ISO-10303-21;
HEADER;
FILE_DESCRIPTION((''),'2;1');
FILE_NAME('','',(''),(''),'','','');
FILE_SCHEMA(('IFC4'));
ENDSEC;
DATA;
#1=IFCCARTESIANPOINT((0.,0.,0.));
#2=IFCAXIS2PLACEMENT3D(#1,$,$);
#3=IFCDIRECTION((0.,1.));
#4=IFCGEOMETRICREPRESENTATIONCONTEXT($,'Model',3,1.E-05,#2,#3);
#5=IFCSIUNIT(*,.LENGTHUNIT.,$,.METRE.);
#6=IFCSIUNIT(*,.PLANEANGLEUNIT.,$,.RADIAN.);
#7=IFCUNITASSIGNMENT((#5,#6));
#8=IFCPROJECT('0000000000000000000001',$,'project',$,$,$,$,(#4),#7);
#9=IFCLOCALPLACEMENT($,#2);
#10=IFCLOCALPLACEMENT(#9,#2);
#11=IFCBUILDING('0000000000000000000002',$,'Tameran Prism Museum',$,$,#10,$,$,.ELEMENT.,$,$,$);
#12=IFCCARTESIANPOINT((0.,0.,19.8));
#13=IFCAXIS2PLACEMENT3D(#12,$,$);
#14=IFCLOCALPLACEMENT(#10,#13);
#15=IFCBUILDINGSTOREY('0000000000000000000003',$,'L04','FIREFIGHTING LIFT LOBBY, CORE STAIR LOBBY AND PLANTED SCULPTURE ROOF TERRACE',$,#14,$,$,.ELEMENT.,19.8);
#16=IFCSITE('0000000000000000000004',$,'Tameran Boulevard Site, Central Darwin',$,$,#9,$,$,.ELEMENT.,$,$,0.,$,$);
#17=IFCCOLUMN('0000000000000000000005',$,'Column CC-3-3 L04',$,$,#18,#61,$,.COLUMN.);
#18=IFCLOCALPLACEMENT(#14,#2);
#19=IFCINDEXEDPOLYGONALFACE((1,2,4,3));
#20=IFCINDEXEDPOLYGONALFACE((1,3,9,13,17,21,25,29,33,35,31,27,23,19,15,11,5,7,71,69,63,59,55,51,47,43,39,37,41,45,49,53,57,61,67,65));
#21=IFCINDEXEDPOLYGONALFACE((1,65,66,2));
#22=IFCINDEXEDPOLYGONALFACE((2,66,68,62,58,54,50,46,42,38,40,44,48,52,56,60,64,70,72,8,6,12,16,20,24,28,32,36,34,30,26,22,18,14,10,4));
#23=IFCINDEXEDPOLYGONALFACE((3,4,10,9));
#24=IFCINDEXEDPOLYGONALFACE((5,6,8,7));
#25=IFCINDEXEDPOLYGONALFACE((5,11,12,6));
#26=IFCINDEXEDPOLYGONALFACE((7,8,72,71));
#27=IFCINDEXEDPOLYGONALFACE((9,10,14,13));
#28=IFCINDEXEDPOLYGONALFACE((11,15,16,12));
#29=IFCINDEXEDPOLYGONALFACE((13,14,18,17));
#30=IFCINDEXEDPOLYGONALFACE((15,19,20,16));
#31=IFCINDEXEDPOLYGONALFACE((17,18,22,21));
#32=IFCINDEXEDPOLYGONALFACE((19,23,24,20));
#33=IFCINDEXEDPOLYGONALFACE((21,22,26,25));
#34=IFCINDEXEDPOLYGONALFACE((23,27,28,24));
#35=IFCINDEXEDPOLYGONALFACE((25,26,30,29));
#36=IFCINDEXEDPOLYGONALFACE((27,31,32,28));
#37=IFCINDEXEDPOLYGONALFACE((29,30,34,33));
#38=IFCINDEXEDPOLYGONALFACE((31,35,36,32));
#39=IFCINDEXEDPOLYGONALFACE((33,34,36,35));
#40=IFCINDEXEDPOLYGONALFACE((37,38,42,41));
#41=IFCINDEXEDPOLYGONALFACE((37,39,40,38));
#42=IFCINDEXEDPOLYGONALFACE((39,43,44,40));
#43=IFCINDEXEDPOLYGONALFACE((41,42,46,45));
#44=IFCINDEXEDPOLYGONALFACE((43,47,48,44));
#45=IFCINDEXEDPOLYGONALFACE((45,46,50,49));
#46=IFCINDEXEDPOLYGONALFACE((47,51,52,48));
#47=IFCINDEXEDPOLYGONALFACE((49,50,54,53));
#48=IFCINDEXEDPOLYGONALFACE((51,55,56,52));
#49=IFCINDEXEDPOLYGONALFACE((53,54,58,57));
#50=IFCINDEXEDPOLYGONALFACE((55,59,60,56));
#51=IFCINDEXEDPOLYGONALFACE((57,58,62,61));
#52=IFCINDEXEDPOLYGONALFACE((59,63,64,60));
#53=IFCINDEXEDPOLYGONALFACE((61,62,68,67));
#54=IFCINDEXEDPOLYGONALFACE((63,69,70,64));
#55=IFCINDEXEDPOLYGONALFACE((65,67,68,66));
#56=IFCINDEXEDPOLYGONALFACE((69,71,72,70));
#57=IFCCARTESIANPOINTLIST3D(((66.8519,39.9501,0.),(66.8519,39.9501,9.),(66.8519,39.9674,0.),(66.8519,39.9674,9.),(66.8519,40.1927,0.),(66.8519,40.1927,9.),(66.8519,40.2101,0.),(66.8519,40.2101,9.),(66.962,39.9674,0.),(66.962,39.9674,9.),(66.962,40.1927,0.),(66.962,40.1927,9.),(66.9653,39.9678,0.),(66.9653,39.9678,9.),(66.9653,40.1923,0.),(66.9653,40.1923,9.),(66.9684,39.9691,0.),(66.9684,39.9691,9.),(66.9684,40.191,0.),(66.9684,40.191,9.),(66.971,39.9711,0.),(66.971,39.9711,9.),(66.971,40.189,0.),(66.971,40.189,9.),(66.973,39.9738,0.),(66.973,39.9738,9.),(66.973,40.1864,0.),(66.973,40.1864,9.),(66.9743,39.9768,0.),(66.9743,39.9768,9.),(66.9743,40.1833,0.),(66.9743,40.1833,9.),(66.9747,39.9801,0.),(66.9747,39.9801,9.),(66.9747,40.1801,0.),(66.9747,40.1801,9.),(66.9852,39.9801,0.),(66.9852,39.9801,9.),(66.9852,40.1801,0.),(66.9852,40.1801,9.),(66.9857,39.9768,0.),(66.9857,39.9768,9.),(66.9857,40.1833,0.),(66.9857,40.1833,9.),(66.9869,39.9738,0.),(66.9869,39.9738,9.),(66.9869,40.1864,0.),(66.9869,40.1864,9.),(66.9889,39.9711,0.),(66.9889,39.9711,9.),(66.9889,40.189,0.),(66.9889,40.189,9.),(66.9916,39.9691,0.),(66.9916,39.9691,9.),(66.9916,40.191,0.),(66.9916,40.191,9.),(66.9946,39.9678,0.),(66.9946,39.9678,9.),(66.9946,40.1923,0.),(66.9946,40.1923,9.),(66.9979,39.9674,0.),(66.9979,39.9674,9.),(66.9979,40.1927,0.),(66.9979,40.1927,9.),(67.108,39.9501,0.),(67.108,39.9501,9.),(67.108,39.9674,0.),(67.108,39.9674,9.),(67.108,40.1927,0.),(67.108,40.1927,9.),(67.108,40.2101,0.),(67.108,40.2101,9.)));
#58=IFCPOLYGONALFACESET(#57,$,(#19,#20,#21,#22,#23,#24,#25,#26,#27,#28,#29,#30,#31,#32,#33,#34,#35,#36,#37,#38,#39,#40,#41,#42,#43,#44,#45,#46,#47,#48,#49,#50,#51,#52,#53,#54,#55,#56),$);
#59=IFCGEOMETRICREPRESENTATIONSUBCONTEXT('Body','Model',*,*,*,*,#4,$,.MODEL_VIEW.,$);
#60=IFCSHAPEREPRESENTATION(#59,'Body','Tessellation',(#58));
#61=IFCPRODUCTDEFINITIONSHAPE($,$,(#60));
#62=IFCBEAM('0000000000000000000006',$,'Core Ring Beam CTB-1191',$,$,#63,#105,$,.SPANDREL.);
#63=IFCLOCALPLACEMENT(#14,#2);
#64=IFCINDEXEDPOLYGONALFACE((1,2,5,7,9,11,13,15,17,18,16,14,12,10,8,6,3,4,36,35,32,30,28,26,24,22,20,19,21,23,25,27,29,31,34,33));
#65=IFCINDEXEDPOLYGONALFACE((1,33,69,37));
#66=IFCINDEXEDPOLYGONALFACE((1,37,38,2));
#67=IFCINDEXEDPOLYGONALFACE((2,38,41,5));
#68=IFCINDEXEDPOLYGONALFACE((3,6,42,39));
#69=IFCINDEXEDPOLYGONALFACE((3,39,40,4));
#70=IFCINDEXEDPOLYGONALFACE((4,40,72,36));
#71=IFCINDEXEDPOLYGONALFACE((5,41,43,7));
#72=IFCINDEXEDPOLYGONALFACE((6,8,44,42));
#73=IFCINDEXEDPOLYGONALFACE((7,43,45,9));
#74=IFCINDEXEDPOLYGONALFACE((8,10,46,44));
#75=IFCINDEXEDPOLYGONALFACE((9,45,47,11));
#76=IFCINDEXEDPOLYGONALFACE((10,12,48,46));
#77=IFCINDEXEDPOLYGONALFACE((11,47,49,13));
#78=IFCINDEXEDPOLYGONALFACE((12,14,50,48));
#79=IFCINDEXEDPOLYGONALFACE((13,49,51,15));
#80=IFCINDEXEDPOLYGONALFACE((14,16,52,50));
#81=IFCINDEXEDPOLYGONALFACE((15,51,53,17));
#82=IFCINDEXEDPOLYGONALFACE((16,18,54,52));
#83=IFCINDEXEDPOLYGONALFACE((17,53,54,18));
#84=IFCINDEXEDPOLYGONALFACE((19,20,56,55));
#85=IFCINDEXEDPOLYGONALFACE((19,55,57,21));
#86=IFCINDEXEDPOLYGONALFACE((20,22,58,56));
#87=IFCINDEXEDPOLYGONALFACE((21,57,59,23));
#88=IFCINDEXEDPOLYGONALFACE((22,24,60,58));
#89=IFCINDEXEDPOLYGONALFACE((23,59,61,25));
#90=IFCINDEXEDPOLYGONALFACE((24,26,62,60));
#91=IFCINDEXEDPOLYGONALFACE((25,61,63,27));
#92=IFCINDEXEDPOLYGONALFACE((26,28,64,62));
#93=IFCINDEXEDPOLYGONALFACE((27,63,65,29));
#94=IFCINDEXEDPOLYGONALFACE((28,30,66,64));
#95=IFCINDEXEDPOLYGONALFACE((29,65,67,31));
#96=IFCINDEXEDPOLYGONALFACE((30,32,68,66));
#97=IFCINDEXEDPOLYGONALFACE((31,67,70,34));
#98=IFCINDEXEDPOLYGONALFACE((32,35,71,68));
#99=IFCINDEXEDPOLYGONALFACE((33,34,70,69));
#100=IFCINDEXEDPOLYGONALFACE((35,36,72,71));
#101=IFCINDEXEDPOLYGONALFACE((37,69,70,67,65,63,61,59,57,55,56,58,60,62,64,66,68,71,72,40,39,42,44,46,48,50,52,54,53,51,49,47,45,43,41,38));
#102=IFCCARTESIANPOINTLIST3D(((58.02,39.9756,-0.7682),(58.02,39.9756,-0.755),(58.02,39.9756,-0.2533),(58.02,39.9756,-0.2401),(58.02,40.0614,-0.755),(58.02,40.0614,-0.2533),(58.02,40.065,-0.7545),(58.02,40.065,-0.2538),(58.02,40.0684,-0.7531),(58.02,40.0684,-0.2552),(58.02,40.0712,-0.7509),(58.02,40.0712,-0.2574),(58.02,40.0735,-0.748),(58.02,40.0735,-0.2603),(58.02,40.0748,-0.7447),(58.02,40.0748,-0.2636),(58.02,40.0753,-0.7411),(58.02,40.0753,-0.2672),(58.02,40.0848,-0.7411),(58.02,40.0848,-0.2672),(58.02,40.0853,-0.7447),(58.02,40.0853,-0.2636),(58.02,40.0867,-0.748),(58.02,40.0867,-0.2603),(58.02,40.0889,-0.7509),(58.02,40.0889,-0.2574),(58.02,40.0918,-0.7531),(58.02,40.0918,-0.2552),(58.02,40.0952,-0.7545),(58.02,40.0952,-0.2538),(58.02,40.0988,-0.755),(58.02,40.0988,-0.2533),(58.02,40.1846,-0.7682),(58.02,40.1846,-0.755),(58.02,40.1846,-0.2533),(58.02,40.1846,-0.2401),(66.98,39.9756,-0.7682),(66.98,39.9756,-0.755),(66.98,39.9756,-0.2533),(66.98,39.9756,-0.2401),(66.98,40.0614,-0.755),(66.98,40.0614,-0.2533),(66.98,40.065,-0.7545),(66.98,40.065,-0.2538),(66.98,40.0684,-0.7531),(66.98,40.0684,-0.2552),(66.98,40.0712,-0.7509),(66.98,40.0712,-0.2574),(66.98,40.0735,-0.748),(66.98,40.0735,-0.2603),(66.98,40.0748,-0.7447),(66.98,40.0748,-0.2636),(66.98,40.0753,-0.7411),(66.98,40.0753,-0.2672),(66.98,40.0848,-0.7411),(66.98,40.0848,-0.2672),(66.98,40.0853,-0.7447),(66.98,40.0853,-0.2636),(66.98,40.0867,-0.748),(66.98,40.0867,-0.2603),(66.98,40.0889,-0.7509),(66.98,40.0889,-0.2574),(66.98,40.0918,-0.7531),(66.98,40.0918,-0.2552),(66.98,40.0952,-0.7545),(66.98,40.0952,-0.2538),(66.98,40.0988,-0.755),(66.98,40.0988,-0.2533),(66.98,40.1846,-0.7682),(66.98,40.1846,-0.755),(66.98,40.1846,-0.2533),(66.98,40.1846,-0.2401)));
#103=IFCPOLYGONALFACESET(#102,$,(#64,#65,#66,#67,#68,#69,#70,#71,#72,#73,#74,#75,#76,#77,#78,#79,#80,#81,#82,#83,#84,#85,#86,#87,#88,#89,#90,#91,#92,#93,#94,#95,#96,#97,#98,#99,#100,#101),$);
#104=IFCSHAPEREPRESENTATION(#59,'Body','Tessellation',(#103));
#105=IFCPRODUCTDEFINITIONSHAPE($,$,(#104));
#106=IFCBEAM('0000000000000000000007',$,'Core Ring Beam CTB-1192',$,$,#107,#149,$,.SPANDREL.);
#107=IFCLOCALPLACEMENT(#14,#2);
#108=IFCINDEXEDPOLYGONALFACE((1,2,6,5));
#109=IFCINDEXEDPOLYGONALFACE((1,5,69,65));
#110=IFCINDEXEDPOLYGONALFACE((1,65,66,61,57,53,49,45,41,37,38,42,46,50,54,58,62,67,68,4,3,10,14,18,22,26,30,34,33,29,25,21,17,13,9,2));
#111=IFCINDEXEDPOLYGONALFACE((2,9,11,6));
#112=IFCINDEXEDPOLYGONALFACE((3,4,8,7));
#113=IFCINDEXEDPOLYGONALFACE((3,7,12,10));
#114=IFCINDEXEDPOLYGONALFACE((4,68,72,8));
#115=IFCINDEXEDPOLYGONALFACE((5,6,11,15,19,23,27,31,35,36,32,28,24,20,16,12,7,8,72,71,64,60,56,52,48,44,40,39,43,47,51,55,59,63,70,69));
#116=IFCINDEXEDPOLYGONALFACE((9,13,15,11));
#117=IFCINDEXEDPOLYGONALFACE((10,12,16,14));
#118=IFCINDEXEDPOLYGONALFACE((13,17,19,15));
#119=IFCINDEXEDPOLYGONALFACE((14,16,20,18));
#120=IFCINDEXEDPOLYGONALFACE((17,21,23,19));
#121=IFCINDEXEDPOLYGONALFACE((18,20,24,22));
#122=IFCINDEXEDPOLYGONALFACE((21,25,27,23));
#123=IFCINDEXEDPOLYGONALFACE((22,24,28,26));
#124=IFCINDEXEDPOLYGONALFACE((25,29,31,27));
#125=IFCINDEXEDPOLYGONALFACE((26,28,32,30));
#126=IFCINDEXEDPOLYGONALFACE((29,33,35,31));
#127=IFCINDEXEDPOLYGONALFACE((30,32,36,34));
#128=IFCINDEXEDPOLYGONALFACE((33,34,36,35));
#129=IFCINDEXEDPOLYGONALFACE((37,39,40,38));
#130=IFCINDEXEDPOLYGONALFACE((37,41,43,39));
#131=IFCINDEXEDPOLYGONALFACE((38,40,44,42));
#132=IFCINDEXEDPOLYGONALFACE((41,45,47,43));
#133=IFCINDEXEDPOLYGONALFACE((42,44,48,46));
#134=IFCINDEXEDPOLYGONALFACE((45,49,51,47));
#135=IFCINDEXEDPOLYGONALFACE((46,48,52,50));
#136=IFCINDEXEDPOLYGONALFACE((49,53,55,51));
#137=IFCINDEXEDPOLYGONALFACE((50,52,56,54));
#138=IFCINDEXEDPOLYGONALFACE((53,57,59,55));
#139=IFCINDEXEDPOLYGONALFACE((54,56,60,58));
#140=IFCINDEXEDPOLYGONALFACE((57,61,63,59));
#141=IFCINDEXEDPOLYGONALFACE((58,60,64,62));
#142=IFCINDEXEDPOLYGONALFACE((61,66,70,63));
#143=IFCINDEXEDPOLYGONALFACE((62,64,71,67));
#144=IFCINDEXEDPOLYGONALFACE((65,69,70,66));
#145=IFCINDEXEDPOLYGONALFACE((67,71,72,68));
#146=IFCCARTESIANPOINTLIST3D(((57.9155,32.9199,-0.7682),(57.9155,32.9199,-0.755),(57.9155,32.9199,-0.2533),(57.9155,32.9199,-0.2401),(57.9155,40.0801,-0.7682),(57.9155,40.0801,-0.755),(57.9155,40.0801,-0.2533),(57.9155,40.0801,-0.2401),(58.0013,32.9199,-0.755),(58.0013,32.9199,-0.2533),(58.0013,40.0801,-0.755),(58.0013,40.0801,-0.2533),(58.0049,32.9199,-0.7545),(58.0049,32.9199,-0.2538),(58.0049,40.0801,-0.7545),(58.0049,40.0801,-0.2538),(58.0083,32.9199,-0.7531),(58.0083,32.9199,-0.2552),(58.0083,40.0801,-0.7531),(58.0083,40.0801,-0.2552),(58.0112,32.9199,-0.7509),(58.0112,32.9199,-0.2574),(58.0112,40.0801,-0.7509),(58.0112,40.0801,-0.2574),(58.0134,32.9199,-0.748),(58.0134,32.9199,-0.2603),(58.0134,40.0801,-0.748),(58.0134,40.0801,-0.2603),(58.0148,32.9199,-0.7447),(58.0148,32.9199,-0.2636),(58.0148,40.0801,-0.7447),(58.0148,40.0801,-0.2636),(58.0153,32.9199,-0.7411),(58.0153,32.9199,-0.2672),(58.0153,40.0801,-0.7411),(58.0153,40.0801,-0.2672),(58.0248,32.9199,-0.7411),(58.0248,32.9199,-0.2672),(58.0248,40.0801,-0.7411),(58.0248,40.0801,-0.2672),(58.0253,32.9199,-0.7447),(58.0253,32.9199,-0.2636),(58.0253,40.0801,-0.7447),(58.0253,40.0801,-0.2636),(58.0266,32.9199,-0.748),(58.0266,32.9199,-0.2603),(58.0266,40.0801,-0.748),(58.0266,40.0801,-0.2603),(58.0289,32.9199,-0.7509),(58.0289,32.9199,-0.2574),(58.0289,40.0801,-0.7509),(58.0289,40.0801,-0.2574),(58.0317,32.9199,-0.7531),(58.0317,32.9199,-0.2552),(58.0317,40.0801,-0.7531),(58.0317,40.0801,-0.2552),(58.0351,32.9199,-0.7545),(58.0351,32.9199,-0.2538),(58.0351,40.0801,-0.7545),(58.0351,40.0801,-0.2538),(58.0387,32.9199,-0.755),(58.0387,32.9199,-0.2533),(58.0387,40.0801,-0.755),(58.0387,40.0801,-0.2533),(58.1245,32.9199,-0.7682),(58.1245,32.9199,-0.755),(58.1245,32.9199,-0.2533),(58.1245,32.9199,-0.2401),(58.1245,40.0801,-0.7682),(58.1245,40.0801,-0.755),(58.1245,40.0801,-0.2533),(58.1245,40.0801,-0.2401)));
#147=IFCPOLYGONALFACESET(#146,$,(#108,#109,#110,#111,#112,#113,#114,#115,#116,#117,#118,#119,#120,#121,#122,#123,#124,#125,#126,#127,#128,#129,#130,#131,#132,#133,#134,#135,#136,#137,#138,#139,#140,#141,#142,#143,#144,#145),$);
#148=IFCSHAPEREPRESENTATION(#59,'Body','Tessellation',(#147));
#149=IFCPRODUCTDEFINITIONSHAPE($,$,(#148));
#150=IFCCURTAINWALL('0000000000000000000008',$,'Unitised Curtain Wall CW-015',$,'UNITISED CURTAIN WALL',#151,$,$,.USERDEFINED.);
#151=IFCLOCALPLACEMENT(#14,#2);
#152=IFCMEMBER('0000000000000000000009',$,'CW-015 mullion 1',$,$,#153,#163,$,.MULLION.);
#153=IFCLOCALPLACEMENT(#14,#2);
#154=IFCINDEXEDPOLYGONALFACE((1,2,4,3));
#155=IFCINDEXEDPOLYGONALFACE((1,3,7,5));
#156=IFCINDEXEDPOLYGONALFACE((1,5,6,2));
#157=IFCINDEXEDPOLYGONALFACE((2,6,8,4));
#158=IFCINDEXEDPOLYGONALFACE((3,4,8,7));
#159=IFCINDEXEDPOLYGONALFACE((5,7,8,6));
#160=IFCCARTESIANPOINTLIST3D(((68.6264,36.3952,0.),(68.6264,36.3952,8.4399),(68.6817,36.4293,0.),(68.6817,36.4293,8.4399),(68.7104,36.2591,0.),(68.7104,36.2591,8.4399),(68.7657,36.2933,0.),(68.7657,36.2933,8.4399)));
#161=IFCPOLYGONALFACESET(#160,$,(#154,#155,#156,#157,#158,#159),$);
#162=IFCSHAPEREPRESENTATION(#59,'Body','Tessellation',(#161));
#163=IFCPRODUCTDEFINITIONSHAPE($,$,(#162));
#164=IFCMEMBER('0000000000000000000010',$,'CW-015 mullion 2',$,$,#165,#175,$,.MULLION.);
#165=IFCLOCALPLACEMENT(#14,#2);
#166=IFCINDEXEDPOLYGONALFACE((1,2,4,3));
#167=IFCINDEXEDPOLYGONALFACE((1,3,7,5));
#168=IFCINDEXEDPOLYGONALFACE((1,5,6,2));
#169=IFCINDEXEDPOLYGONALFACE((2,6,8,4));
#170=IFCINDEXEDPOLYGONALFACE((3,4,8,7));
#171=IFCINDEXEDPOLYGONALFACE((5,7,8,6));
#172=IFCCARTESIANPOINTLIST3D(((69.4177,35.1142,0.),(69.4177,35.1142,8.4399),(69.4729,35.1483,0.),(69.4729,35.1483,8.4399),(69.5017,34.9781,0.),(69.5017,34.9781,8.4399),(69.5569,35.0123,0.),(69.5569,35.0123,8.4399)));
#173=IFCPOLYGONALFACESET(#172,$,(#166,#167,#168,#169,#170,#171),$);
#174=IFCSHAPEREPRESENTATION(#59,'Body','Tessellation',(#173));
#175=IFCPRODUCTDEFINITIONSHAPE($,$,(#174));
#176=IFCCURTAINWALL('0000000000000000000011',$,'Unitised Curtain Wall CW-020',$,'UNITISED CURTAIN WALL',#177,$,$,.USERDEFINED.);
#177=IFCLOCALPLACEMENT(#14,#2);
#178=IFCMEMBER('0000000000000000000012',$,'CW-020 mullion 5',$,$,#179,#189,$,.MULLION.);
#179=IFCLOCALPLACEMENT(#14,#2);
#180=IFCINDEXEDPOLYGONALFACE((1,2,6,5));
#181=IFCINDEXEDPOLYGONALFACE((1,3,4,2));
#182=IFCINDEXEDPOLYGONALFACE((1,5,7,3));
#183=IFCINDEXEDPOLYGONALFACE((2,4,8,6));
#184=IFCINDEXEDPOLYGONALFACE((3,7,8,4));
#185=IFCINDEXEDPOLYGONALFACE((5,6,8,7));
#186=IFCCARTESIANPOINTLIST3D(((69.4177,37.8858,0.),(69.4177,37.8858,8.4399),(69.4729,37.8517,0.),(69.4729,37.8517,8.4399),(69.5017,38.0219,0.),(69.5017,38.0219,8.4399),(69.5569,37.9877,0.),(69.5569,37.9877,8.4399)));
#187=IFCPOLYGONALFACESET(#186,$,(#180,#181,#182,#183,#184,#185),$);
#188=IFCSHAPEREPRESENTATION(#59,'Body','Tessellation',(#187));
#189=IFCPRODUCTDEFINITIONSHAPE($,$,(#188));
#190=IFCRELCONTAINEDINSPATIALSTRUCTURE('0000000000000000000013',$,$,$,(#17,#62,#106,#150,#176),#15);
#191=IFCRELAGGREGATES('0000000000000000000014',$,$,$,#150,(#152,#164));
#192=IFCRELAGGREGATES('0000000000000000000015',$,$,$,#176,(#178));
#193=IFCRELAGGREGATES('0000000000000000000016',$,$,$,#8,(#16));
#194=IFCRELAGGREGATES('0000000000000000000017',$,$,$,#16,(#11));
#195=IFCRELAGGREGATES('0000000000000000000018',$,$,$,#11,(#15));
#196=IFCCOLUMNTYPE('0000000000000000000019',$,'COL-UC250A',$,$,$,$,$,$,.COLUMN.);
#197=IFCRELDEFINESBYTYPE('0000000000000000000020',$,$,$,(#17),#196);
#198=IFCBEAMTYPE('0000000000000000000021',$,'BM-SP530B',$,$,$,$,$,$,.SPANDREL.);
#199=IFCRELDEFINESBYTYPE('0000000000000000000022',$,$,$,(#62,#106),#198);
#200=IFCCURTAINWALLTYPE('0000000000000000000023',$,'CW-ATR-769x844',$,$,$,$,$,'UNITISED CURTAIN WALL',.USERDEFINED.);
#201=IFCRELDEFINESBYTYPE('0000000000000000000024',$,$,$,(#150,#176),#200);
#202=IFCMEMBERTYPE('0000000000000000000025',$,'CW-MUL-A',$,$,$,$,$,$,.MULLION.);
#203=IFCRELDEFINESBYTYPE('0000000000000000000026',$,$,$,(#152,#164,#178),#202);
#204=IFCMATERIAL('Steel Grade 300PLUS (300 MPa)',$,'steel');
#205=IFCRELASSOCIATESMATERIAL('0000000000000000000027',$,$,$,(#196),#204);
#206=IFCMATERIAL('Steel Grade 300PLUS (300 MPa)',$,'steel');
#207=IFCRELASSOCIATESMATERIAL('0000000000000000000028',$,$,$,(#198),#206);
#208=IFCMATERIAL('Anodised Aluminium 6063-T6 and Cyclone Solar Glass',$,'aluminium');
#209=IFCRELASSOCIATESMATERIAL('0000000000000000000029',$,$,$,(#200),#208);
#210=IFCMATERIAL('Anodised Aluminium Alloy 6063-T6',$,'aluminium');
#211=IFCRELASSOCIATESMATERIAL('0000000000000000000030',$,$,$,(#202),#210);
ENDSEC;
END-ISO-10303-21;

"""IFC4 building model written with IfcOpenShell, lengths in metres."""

from ifc_helpers import new_model, si_unit, direction, frame, origin, origin_2d, place, context, subcontext, project, spatial, rectangle, i_section, extrude, material, material_profile, profile_set, type_object, element, aggregate, save


model = new_model("IFC4")

# Units and contexts
model_context = context("Model", 3, precision=1e-05, world=origin(), true_north=direction((0.0, 1.0)))
body_context = subcontext(model_context, "Body", "Model", "MODEL_VIEW")
ifc_project = project(units=[si_unit("LENGTHUNIT", "METRE"), si_unit("PLANEANGLEUNIT", "RADIAN")], contexts=[model_context])

# Site, building, storey
site_placement = place(None, origin())
site = spatial("IfcSite", under=ifc_project, at=site_placement, Name="Tameran Boulevard Site, Central Darwin", CompositionType="ELEMENT", RefElevation=0.0)
building_placement = place(site_placement, origin())
building = spatial("IfcBuilding", under=site, at=building_placement, Name="Tameran Prism Museum", CompositionType="ELEMENT")
storey_placement = place(building_placement, frame((0.0, 0.0, 19.8)))
storey = spatial("IfcBuildingStorey", under=building, at=storey_placement, Name="L04", Description="FIREFIGHTING LIFT LOBBY, CORE STAIR LOBBY AND PLANTED SCULPTURE ROOF TERRACE", CompositionType="ELEMENT", Elevation=19.8)

# Column
ifc_material_1 = material(Name="Steel Grade 300PLUS (300 MPa)", Category="steel")
ifc_material_profile_1 = material_profile(ifc_material_1, i_section(OverallWidth=0.2561, OverallDepth=0.26, WebThickness=0.0105, FlangeThickness=0.0173, FilletRadius=0.0127, at=origin_2d()))
ifc_profile_set_1 = profile_set([ifc_material_profile_1])
column_type = type_object("IfcColumnType", Name="COL-UC250A", PredefinedType="COLUMN", material=ifc_profile_set_1)
column_placement = place(storey_placement, frame((66.98, 40.0801, 0.0), z_axis=(0.0, 0.0, 1.0), x_axis=(1.0, 0.0, 0.0)))
element("IfcColumn", 1, at=column_placement, inside=storey, type_object=column_type, Name="Column CC-3-3 L04", PredefinedType="COLUMN", context=body_context, shape_type="SweptSolid", body=[
    extrude(i_section(OverallWidth=0.2561, OverallDepth=0.26, WebThickness=0.0105, FlangeThickness=0.0173, FilletRadius=0.0127, at=origin_2d()), origin(), (0.0, 0.0, 1.0), 9.0),
])

# Beams
ifc_material_2 = material(Name="Steel Grade 300PLUS (300 MPa)", Category="steel")
ifc_material_profile_2 = material_profile(ifc_material_2, i_section(OverallWidth=0.209, OverallDepth=0.5281, WebThickness=0.0095, FlangeThickness=0.0132, FilletRadius=0.0139, at=origin_2d()))
ifc_profile_set_2 = profile_set([ifc_material_profile_2])
beam_type = type_object("IfcBeamType", Name="BM-SP530B", PredefinedType="SPANDREL", material=ifc_profile_set_2)
beam_1_placement = place(storey_placement, frame((66.98, 40.0801, -0.5042), z_axis=(-1.0, 0.0, 0.0), x_axis=(0.0, -1.0, 0.0)))
element("IfcBeam", 2, at=beam_1_placement, inside=storey, type_object=beam_type, Name="Core Ring Beam CTB-1191", PredefinedType="SPANDREL", context=body_context, shape_type="SweptSolid", body=[
    extrude(i_section(OverallWidth=0.209, OverallDepth=0.5281, WebThickness=0.0095, FlangeThickness=0.0132, FilletRadius=0.0139, at=origin_2d()), origin(), (0.0, 0.0, 1.0), 8.96),
])
beam_2_placement = place(storey_placement, frame((58.02, 40.0801, -0.5042), z_axis=(0.0, -1.0, 0.0), x_axis=(1.0, 0.0, 0.0)))
element("IfcBeam", 3, at=beam_2_placement, inside=storey, type_object=beam_type, Name="Core Ring Beam CTB-1192", PredefinedType="SPANDREL", context=body_context, shape_type="SweptSolid", body=[
    extrude(i_section(OverallWidth=0.209, OverallDepth=0.5281, WebThickness=0.0095, FlangeThickness=0.0132, FilletRadius=0.0139, at=origin_2d()), origin(), (0.0, 0.0, 1.0), 7.1602),
])

# Curtain walls, members
ifc_material_3 = material(Name="Anodised Aluminium 6063-T6 and Cyclone Solar Glass", Category="aluminium")
curtain_wall_type = type_object("IfcCurtainWallType", Name="CW-ATR-769x844", ElementType="UNITISED CURTAIN WALL", PredefinedType="USERDEFINED", material=ifc_material_3)
curtain_wall_1_placement = place(storey_placement, origin())
curtain_wall_1 = element("IfcCurtainWall", 4, at=curtain_wall_1_placement, inside=storey, type_object=curtain_wall_type, Name="Unitised Curtain Wall CW-015", ObjectType="UNITISED CURTAIN WALL", PredefinedType="USERDEFINED")
ifc_material_4 = material(Name="Anodised Aluminium Alloy 6063-T6", Category="aluminium")
ifc_material_profile_3 = material_profile(ifc_material_4, rectangle(XDim=0.0649, YDim=0.1599, at=origin_2d()))
ifc_profile_set_3 = profile_set([ifc_material_profile_3])
member_type_1 = type_object("IfcMemberType", Name="CW-MUL-A", PredefinedType="MULLION", material=ifc_profile_set_3)
member_1_placement = place(storey_placement, frame((68.696, 36.3442, 0.0), z_axis=(0.0, 0.0, 1.0), x_axis=(0.850791, 0.525504, 0.0)))
member_1 = element("IfcMember", 5, at=member_1_placement, type_object=member_type_1, Name="CW-015 mullion 1", PredefinedType="MULLION", context=body_context, shape_type="SweptSolid", body=[
    extrude(rectangle(XDim=0.0649, YDim=0.1599, at=origin_2d()), origin(), (0.0, 0.0, 1.0), 8.4399),
])
member_2_placement = place(storey_placement, frame((69.4873, 35.0632, 0.0), z_axis=(0.0, 0.0, 1.0), x_axis=(0.850791, 0.525504, 0.0)))
member_2 = element("IfcMember", 6, at=member_2_placement, type_object=member_type_1, Name="CW-015 mullion 2", PredefinedType="MULLION", context=body_context, shape_type="SweptSolid", body=[
    extrude(rectangle(XDim=0.0649, YDim=0.1599, at=origin_2d()), origin(), (0.0, 0.0, 1.0), 8.4399),
])
curtain_wall_2_placement = place(storey_placement, origin())
curtain_wall_2 = element("IfcCurtainWall", 7, at=curtain_wall_2_placement, inside=storey, type_object=curtain_wall_type, Name="Unitised Curtain Wall CW-020", ObjectType="UNITISED CURTAIN WALL", PredefinedType="USERDEFINED")
member_3_placement = place(storey_placement, frame((69.4873, 37.9368, 0.0), z_axis=(0.0, 0.0, 1.0), x_axis=(0.850791, -0.525504, 0.0)))
member_3 = element("IfcMember", 8, at=member_3_placement, type_object=member_type_1, Name="CW-020 mullion 5", PredefinedType="MULLION", context=body_context, shape_type="SweptSolid", body=[
    extrude(rectangle(XDim=0.0649, YDim=0.1599, at=origin_2d()), origin(), (0.0, 0.0, 1.0), 8.4399),
])

aggregate(curtain_wall_1, [member_1, member_2])
aggregate(curtain_wall_2, [member_3])

save(model, "model.ifc")
